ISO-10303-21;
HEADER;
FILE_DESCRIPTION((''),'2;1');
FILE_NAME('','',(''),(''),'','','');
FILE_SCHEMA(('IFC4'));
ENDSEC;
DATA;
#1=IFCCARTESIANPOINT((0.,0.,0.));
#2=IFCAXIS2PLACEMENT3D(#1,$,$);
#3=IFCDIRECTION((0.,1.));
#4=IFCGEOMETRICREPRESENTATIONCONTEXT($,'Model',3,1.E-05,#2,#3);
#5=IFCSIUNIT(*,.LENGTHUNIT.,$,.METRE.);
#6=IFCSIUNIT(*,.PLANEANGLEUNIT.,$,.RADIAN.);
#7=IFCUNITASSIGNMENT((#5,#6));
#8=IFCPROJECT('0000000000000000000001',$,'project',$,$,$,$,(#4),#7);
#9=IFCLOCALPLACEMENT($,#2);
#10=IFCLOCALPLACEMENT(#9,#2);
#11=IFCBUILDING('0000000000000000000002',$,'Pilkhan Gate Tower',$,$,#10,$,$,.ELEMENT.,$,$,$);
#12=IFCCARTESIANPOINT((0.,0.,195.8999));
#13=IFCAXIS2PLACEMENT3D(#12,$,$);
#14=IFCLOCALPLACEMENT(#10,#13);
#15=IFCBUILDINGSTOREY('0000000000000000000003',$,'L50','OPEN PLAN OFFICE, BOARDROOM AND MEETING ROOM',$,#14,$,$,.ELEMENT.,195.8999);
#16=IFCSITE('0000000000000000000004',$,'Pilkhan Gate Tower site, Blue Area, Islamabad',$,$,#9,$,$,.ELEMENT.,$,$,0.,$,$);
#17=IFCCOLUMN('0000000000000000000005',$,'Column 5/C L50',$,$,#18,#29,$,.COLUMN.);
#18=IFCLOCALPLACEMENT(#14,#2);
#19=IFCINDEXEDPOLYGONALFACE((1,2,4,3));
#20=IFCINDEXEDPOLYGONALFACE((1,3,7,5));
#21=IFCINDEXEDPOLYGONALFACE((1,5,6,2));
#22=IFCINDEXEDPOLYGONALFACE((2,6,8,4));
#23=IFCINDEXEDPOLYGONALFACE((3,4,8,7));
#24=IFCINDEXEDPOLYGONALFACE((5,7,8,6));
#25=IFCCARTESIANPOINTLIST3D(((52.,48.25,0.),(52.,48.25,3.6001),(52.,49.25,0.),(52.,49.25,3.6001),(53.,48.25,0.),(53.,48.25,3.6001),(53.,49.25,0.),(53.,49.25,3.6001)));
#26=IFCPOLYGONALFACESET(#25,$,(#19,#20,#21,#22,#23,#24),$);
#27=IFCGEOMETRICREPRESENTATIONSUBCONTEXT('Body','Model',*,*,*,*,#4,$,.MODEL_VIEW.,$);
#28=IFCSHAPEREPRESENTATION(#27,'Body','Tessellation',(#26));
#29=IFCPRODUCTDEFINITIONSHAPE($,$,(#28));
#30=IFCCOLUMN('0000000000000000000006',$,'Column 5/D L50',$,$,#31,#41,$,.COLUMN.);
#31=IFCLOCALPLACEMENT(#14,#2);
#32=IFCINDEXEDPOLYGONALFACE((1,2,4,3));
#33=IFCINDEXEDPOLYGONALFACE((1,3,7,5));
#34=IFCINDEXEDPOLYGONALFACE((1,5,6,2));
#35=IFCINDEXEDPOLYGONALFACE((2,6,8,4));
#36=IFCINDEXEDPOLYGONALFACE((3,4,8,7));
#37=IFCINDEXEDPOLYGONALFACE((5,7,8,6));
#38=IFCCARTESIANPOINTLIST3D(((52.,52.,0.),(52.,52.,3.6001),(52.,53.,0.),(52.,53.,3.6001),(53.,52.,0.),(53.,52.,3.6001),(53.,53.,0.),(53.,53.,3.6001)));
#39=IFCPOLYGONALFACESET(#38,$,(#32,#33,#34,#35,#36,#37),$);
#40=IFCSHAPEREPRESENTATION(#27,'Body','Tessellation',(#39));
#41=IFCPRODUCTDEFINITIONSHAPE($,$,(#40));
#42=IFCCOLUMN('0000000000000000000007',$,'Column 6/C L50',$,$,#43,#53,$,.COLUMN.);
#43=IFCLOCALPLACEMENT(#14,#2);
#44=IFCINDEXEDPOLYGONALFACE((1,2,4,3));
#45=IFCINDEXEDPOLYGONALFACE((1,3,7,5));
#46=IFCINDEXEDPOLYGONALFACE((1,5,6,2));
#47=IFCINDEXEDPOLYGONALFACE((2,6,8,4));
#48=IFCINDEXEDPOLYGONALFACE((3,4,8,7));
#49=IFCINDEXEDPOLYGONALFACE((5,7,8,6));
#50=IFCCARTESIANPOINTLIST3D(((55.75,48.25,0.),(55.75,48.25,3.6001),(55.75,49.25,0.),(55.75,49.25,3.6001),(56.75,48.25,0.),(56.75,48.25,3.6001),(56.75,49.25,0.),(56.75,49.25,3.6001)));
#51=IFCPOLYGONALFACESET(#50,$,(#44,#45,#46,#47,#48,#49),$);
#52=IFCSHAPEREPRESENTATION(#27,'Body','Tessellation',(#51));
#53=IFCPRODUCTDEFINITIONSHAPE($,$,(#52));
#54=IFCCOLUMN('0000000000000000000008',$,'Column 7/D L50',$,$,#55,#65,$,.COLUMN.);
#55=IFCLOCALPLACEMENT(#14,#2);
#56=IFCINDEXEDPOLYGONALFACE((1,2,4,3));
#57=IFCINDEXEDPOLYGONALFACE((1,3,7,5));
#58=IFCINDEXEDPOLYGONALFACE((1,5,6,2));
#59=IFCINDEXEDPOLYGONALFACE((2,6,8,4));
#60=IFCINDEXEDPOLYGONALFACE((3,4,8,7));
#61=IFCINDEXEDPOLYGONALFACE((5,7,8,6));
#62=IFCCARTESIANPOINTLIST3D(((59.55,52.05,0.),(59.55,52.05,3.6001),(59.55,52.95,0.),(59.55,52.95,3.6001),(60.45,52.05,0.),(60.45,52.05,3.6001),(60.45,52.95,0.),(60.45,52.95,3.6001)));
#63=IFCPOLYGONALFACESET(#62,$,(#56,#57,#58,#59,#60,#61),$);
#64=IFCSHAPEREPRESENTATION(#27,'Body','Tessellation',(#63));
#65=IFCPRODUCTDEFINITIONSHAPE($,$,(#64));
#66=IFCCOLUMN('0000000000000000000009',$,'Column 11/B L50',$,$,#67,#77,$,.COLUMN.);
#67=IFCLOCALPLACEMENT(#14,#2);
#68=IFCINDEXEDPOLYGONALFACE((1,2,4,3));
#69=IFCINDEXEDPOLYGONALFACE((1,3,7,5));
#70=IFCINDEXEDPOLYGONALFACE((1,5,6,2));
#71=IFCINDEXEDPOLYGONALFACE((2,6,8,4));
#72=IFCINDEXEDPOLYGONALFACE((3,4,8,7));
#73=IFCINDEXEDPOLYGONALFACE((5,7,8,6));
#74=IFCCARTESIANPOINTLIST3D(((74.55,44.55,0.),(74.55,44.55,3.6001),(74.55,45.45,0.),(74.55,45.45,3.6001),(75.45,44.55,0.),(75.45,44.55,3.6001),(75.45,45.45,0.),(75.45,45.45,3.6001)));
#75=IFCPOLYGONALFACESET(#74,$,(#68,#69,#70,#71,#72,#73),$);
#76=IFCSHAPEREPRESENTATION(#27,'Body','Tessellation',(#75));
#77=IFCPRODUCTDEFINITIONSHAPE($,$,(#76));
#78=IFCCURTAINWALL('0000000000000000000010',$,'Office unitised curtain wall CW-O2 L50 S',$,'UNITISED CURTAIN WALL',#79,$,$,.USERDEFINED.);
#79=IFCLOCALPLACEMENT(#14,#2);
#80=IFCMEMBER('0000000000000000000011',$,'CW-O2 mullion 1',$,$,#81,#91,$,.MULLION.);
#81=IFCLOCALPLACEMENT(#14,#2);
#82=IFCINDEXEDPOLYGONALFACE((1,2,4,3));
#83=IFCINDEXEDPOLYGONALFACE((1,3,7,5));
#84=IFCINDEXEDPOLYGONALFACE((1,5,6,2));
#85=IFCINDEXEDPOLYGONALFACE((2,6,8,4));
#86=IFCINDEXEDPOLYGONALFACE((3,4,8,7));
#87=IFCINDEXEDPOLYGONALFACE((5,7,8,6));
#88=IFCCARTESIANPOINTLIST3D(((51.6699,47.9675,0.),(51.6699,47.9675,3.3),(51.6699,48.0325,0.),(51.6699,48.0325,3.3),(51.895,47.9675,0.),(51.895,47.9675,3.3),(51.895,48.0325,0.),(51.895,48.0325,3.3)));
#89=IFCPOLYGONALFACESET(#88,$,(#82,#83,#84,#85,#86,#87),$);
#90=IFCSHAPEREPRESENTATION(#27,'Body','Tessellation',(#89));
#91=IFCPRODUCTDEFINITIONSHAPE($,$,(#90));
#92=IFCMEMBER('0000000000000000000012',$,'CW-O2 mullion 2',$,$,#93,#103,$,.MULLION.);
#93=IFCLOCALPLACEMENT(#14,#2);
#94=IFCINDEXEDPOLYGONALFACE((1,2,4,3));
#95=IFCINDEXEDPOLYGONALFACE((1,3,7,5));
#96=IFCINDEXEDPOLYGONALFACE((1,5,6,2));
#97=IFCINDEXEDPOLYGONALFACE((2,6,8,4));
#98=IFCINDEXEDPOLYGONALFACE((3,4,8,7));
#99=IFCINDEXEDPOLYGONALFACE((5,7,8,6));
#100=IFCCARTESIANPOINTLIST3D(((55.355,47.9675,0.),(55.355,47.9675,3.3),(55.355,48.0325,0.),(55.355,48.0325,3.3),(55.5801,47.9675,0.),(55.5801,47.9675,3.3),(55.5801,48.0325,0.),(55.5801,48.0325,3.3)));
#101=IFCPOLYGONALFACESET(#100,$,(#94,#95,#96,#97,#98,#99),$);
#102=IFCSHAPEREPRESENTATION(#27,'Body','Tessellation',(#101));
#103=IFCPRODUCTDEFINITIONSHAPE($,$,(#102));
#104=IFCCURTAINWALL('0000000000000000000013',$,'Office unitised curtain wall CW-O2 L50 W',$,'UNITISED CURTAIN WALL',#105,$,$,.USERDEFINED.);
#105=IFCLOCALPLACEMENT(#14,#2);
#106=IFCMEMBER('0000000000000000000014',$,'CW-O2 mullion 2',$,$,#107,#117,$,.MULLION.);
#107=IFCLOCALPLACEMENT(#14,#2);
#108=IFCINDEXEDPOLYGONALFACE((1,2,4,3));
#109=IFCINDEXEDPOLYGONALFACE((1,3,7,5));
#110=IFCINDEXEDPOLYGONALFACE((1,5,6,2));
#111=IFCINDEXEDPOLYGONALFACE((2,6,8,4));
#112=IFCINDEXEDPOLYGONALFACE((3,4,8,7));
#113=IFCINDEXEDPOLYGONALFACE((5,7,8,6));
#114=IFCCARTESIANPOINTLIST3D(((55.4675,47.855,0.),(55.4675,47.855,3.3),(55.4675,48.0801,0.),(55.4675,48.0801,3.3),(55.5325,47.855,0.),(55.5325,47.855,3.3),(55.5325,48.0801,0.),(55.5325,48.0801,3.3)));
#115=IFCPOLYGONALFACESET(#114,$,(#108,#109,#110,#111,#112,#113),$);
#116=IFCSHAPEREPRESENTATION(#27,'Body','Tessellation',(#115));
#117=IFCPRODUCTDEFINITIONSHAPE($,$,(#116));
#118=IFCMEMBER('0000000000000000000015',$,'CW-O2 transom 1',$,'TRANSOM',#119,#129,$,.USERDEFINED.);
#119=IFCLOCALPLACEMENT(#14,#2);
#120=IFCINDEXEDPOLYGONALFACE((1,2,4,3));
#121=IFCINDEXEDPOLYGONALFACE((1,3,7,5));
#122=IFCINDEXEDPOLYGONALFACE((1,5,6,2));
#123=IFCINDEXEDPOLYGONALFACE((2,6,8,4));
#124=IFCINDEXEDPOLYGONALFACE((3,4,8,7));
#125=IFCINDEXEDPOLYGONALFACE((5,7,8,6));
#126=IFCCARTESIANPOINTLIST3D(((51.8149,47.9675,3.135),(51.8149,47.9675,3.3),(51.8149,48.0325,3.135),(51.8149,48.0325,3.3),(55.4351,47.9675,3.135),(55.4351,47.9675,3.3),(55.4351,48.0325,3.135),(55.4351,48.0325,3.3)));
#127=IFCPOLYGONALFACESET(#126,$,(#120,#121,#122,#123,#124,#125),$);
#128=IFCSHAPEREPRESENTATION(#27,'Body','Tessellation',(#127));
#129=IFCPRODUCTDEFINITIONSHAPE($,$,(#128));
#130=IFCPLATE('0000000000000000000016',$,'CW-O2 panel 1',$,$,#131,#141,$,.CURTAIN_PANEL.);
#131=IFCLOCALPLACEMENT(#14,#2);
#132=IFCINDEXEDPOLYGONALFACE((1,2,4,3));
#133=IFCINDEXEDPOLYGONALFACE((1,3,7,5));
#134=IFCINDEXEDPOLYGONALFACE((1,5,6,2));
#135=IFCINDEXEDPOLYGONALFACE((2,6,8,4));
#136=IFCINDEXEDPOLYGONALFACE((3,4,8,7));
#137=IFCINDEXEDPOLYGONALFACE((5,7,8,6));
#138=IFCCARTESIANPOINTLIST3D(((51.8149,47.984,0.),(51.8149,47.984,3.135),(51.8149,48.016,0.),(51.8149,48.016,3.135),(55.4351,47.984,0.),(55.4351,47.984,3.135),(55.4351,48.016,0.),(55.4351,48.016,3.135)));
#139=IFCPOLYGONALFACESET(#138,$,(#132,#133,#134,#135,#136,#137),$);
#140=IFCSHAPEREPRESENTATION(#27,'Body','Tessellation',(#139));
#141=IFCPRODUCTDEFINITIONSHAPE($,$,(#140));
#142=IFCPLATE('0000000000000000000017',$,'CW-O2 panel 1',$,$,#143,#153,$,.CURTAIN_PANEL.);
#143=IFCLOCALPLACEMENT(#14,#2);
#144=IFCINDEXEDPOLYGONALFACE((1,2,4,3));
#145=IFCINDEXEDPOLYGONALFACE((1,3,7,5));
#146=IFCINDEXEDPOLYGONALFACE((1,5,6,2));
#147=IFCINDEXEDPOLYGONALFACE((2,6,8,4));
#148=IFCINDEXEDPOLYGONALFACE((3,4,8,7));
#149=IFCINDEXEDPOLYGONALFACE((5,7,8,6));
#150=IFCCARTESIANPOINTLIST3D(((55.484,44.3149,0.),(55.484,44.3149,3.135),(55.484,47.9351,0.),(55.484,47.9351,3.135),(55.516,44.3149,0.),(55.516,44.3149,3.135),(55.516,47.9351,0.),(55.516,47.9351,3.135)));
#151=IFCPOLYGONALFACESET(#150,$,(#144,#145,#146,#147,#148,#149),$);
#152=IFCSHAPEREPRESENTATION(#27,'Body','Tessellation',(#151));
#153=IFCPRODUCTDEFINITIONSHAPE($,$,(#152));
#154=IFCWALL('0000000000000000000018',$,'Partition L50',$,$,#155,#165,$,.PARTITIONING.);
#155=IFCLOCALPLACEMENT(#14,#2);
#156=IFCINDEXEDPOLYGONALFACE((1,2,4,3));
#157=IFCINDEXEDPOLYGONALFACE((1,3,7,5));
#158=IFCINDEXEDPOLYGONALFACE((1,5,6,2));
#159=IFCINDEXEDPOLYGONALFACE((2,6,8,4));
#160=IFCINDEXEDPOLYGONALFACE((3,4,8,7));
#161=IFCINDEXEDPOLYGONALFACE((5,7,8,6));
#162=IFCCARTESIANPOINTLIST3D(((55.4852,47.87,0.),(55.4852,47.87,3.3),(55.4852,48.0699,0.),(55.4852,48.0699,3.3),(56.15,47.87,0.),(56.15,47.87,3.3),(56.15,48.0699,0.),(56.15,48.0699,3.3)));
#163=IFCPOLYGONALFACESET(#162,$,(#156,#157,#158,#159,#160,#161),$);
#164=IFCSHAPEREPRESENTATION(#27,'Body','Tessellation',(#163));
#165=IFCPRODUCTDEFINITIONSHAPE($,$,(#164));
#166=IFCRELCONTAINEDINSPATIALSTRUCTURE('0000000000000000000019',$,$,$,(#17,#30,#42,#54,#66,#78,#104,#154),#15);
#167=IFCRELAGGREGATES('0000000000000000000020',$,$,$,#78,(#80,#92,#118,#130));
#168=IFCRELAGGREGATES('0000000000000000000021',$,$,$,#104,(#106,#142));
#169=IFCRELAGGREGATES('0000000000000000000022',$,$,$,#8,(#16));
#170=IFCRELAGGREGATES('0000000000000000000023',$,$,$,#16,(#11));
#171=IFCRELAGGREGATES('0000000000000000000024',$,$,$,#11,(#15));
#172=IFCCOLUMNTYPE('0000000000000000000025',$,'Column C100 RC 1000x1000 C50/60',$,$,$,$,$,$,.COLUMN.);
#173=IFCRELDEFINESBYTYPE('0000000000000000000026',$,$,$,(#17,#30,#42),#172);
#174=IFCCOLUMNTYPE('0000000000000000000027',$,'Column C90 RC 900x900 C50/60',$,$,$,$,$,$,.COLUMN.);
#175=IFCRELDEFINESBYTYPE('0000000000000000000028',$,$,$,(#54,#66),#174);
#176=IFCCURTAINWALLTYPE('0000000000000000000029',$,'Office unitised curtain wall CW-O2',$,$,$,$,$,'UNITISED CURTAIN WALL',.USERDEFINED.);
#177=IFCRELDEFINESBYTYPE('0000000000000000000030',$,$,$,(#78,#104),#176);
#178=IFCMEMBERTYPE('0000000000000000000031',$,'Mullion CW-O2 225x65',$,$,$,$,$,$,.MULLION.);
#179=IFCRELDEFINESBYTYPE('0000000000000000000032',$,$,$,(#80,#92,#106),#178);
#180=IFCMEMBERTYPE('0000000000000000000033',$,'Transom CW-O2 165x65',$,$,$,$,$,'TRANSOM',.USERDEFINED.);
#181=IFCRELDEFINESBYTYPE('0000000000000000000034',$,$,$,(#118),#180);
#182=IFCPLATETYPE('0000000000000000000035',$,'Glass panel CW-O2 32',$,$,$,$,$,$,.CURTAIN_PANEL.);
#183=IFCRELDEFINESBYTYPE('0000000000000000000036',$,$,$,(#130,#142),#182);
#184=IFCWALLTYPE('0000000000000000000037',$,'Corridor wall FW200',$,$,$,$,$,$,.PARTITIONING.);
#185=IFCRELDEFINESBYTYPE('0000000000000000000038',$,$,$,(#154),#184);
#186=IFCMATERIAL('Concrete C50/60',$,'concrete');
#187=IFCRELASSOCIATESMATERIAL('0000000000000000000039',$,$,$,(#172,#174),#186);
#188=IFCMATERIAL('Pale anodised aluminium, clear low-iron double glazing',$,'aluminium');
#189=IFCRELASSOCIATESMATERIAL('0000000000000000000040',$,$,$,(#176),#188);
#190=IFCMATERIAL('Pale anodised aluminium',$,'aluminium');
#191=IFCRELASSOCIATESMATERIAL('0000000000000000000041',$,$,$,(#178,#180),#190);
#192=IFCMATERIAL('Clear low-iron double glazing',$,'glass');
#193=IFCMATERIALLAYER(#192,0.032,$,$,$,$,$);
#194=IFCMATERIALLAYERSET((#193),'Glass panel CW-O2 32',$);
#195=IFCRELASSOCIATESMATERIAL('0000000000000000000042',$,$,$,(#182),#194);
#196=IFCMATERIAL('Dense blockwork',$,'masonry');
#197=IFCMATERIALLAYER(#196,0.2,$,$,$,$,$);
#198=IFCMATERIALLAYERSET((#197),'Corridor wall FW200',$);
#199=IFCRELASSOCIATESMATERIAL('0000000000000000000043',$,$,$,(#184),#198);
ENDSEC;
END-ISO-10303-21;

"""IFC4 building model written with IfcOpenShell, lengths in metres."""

from ifc_helpers import new_model, si_unit, direction, frame, frame_2d, origin, origin_2d, place, context, subcontext, project, spatial, rectangle, extrude, material, layer, layer_set, material_profile, profile_set, type_object, element, aggregate, save


model = new_model("IFC4")

# Units and contexts
model_context = context("Model", 3, precision=1e-05, world=origin(), true_north=direction((0.0, 1.0)))
body_context = subcontext(model_context, "Body", "Model", "MODEL_VIEW")
ifc_project = project(units=[si_unit("LENGTHUNIT", "METRE"), si_unit("PLANEANGLEUNIT", "RADIAN")], contexts=[model_context])

# Site, building, storey
site_placement = place(None, origin())
site = spatial("IfcSite", under=ifc_project, at=site_placement, Name="Pilkhan Gate Tower site, Blue Area, Islamabad", CompositionType="ELEMENT", RefElevation=0.0)
building_placement = place(site_placement, origin())
building = spatial("IfcBuilding", under=site, at=building_placement, Name="Pilkhan Gate Tower", CompositionType="ELEMENT")
storey_placement = place(building_placement, frame((0.0, 0.0, 195.8999)))
storey = spatial("IfcBuildingStorey", under=building, at=storey_placement, Name="L50", Description="OPEN PLAN OFFICE, BOARDROOM AND MEETING ROOM", CompositionType="ELEMENT", Elevation=195.8999)

# Columns
ifc_material_1 = material(Name="Concrete C50/60", Category="concrete")
ifc_material_profile_1 = material_profile(ifc_material_1, rectangle(XDim=1.0, YDim=1.0, at=origin_2d()), Name="RC 1000x1000")
ifc_profile_set_1 = profile_set([ifc_material_profile_1], Name="Concrete C50/60")
column_type_1 = type_object("IfcColumnType", Name="Column C100 RC 1000x1000 C50/60", PredefinedType="COLUMN", material=ifc_profile_set_1)
for number, where, z_axis, x_axis, name in (
    (1, (52.5, 48.75, 0.0), (0.0, 0.0, 1.0), (1.0, 0.0, 0.0), "Column 5/C L50"),
    (2, (52.5, 52.5, 0.0), (0.0, 0.0, 1.0), (1.0, 0.0, 0.0), "Column 5/D L50"),
    (3, (56.25, 48.75, 0.0), (0.0, 0.0, 1.0), (1.0, 0.0, 0.0), "Column 6/C L50"),
):
    element("IfcColumn", number, at=place(storey_placement, frame(where, z_axis=z_axis, x_axis=x_axis)), inside=storey, type_object=column_type_1, Name=name, PredefinedType="COLUMN", context=body_context, shape_type="SweptSolid", body=[
        extrude(rectangle(XDim=1.0, YDim=1.0, at=origin_2d()), origin(), (0.0, 0.0, 1.0), 3.6001),
    ])
ifc_material_profile_2 = material_profile(ifc_material_1, rectangle(XDim=0.8999, YDim=0.8999, at=origin_2d()), Name="RC 900x900")
ifc_profile_set_2 = profile_set([ifc_material_profile_2], Name="Concrete C50/60")
column_type_2 = type_object("IfcColumnType", Name="Column C90 RC 900x900 C50/60", PredefinedType="COLUMN", material=ifc_profile_set_2)
for number, where, z_axis, x_axis, name in (
    (4, (60.0, 52.5, 0.0), (0.0, 0.0, 1.0), (1.0, 0.0, 0.0), "Column 7/D L50"),
    (5, (75.0, 45.0, 0.0), (0.0, 0.0, 1.0), (1.0, 0.0, 0.0), "Column 11/B L50"),
):
    element("IfcColumn", number, at=place(storey_placement, frame(where, z_axis=z_axis, x_axis=x_axis)), inside=storey, type_object=column_type_2, Name=name, PredefinedType="COLUMN", context=body_context, shape_type="SweptSolid", body=[
        extrude(rectangle(XDim=0.8999, YDim=0.8999, at=origin_2d()), origin(), (0.0, 0.0, 1.0), 3.6001),
    ])

# Curtain wall, members
ifc_material_2 = material(Name="Pale anodised aluminium, clear low-iron double glazing", Category="aluminium")
curtain_wall_type = type_object("IfcCurtainWallType", Name="Office unitised curtain wall CW-O2", ElementType="UNITISED CURTAIN WALL", PredefinedType="USERDEFINED", material=ifc_material_2)
curtain_wall_1_placement = place(storey_placement, origin())
curtain_wall_1 = element("IfcCurtainWall", 6, at=curtain_wall_1_placement, inside=storey, type_object=curtain_wall_type, Name="Office unitised curtain wall CW-O2 L50 S", ObjectType="UNITISED CURTAIN WALL", PredefinedType="USERDEFINED")
ifc_material_3 = material(Name="Pale anodised aluminium", Category="aluminium")
ifc_material_profile_3 = material_profile(ifc_material_3, rectangle(XDim=0.0649, YDim=0.2251, at=origin_2d()), Name="Mullion 225x65")
ifc_profile_set_3 = profile_set([ifc_material_profile_3], Name="Pale anodised aluminium")
member_type_1 = type_object("IfcMemberType", Name="Mullion CW-O2 225x65", PredefinedType="MULLION", material=ifc_profile_set_3)
member_1_placement = place(storey_placement, frame((51.7825, 48.0, 0.0), z_axis=(0.0, 0.0, 1.0), x_axis=(0.0, 1.0, 0.0)))
member_1 = element("IfcMember", 7, at=member_1_placement, type_object=member_type_1, Name="CW-O2 mullion 1", PredefinedType="MULLION", context=body_context, shape_type="SweptSolid", body=[
    extrude(rectangle(XDim=0.0649, YDim=0.2251, at=origin_2d()), origin(), (0.0, 0.0, 1.0), 3.3),
])
member_2_placement = place(storey_placement, frame((55.4675, 48.0, 0.0), z_axis=(0.0, 0.0, 1.0), x_axis=(0.0, 1.0, 0.0)))
member_2 = element("IfcMember", 8, at=member_2_placement, type_object=member_type_1, Name="CW-O2 mullion 2", PredefinedType="MULLION", context=body_context, shape_type="SweptSolid", body=[
    extrude(rectangle(XDim=0.0649, YDim=0.2251, at=origin_2d()), origin(), (0.0, 0.0, 1.0), 3.3),
])

# Curtain wall, member
curtain_wall_2_placement = place(storey_placement, origin())
curtain_wall_2 = element("IfcCurtainWall", 9, at=curtain_wall_2_placement, inside=storey, type_object=curtain_wall_type, Name="Office unitised curtain wall CW-O2 L50 W", ObjectType="UNITISED CURTAIN WALL", PredefinedType="USERDEFINED")
member_3_placement = place(storey_placement, frame((55.5, 47.9675, 0.0), z_axis=(0.0, 0.0, 1.0), x_axis=(-1.0, 0.0, 0.0)))
member_3 = element("IfcMember", 10, at=member_3_placement, type_object=member_type_1, Name="CW-O2 mullion 2", PredefinedType="MULLION", context=body_context, shape_type="SweptSolid", body=[
    extrude(rectangle(XDim=0.0649, YDim=0.2251, at=origin_2d()), origin(), (0.0, 0.0, 1.0), 3.3),
])

# Member
ifc_material_profile_4 = material_profile(ifc_material_3, rectangle(XDim=0.0649, YDim=0.165, at=origin_2d()), Name="Transom 165x65")
ifc_profile_set_4 = profile_set([ifc_material_profile_4], Name="Pale anodised aluminium")
member_type_2 = type_object("IfcMemberType", Name="Transom CW-O2 165x65", ElementType="TRANSOM", PredefinedType="USERDEFINED", material=ifc_profile_set_4)
member_4_placement = place(storey_placement, frame((51.8149, 48.0, 3.2175), z_axis=(1.0, 0.0, 0.0), x_axis=(0.0, 1.0, 0.0)))
member_4 = element("IfcMember", 11, at=member_4_placement, type_object=member_type_2, Name="CW-O2 transom 1", ObjectType="TRANSOM", PredefinedType="USERDEFINED", context=body_context, shape_type="SweptSolid", body=[
    extrude(rectangle(XDim=0.0649, YDim=0.165, at=origin_2d()), origin(), (0.0, 0.0, 1.0), 3.6201),
])

# Plates
ifc_material_4 = material(Name="Clear low-iron double glazing", Category="glass")
ifc_layer_1 = layer(ifc_material_4, 0.032)
ifc_layer_set_1 = layer_set([ifc_layer_1], Name="Glass panel CW-O2 32")
plate_type = type_object("IfcPlateType", Name="Glass panel CW-O2 32", PredefinedType="CURTAIN_PANEL", material=ifc_layer_set_1)
plate_1_placement = place(storey_placement, frame((53.625, 48.0, 0.0), z_axis=(0.0, 0.0, 1.0), x_axis=(1.0, 0.0, 0.0)))
plate_1 = element("IfcPlate", 12, at=plate_1_placement, type_object=plate_type, Name="CW-O2 panel 1", PredefinedType="CURTAIN_PANEL", context=body_context, shape_type="SweptSolid", body=[
    extrude(rectangle(XDim=3.6201, YDim=0.032, at=origin_2d()), origin(), (0.0, 0.0, 1.0), 3.135),
])
aggregate(curtain_wall_1, [member_1, member_2, member_4, plate_1])
plate_2_placement = place(storey_placement, frame((55.5, 46.125, 0.0), z_axis=(0.0, 0.0, 1.0), x_axis=(0.0, 1.0, 0.0)))
plate_2 = element("IfcPlate", 13, at=plate_2_placement, type_object=plate_type, Name="CW-O2 panel 1", PredefinedType="CURTAIN_PANEL", context=body_context, shape_type="SweptSolid", body=[
    extrude(rectangle(XDim=3.6201, YDim=0.032, at=origin_2d()), origin(), (0.0, 0.0, 1.0), 3.135),
])
aggregate(curtain_wall_2, [member_3, plate_2])

# Wall
ifc_material_5 = material(Name="Dense blockwork", Category="masonry")
ifc_layer_2 = layer(ifc_material_5, 0.2)
ifc_layer_set_2 = layer_set([ifc_layer_2], Name="Corridor wall FW200")
wall_type_1 = type_object("IfcWallType", Name="Corridor wall FW200", PredefinedType="PARTITIONING", material=ifc_layer_set_2)
wall_1_placement = place(storey_placement, frame((55.4851, 47.97, 0.0), z_axis=(0.0, 0.0, 1.0), x_axis=(1.0, 0.0, 0.0)))
element("IfcWall", 14, at=wall_1_placement, inside=storey, type_object=wall_type_1, Name="Partition L50", PredefinedType="PARTITIONING", context=body_context, shape_type="SweptSolid", body=[
    extrude(rectangle(XDim=0.6648, YDim=0.2, at=frame_2d((0.3325, 0.0))), origin(), (0.0, 0.0, 1.0), 3.3),
])

save(model, "model.ifc")
